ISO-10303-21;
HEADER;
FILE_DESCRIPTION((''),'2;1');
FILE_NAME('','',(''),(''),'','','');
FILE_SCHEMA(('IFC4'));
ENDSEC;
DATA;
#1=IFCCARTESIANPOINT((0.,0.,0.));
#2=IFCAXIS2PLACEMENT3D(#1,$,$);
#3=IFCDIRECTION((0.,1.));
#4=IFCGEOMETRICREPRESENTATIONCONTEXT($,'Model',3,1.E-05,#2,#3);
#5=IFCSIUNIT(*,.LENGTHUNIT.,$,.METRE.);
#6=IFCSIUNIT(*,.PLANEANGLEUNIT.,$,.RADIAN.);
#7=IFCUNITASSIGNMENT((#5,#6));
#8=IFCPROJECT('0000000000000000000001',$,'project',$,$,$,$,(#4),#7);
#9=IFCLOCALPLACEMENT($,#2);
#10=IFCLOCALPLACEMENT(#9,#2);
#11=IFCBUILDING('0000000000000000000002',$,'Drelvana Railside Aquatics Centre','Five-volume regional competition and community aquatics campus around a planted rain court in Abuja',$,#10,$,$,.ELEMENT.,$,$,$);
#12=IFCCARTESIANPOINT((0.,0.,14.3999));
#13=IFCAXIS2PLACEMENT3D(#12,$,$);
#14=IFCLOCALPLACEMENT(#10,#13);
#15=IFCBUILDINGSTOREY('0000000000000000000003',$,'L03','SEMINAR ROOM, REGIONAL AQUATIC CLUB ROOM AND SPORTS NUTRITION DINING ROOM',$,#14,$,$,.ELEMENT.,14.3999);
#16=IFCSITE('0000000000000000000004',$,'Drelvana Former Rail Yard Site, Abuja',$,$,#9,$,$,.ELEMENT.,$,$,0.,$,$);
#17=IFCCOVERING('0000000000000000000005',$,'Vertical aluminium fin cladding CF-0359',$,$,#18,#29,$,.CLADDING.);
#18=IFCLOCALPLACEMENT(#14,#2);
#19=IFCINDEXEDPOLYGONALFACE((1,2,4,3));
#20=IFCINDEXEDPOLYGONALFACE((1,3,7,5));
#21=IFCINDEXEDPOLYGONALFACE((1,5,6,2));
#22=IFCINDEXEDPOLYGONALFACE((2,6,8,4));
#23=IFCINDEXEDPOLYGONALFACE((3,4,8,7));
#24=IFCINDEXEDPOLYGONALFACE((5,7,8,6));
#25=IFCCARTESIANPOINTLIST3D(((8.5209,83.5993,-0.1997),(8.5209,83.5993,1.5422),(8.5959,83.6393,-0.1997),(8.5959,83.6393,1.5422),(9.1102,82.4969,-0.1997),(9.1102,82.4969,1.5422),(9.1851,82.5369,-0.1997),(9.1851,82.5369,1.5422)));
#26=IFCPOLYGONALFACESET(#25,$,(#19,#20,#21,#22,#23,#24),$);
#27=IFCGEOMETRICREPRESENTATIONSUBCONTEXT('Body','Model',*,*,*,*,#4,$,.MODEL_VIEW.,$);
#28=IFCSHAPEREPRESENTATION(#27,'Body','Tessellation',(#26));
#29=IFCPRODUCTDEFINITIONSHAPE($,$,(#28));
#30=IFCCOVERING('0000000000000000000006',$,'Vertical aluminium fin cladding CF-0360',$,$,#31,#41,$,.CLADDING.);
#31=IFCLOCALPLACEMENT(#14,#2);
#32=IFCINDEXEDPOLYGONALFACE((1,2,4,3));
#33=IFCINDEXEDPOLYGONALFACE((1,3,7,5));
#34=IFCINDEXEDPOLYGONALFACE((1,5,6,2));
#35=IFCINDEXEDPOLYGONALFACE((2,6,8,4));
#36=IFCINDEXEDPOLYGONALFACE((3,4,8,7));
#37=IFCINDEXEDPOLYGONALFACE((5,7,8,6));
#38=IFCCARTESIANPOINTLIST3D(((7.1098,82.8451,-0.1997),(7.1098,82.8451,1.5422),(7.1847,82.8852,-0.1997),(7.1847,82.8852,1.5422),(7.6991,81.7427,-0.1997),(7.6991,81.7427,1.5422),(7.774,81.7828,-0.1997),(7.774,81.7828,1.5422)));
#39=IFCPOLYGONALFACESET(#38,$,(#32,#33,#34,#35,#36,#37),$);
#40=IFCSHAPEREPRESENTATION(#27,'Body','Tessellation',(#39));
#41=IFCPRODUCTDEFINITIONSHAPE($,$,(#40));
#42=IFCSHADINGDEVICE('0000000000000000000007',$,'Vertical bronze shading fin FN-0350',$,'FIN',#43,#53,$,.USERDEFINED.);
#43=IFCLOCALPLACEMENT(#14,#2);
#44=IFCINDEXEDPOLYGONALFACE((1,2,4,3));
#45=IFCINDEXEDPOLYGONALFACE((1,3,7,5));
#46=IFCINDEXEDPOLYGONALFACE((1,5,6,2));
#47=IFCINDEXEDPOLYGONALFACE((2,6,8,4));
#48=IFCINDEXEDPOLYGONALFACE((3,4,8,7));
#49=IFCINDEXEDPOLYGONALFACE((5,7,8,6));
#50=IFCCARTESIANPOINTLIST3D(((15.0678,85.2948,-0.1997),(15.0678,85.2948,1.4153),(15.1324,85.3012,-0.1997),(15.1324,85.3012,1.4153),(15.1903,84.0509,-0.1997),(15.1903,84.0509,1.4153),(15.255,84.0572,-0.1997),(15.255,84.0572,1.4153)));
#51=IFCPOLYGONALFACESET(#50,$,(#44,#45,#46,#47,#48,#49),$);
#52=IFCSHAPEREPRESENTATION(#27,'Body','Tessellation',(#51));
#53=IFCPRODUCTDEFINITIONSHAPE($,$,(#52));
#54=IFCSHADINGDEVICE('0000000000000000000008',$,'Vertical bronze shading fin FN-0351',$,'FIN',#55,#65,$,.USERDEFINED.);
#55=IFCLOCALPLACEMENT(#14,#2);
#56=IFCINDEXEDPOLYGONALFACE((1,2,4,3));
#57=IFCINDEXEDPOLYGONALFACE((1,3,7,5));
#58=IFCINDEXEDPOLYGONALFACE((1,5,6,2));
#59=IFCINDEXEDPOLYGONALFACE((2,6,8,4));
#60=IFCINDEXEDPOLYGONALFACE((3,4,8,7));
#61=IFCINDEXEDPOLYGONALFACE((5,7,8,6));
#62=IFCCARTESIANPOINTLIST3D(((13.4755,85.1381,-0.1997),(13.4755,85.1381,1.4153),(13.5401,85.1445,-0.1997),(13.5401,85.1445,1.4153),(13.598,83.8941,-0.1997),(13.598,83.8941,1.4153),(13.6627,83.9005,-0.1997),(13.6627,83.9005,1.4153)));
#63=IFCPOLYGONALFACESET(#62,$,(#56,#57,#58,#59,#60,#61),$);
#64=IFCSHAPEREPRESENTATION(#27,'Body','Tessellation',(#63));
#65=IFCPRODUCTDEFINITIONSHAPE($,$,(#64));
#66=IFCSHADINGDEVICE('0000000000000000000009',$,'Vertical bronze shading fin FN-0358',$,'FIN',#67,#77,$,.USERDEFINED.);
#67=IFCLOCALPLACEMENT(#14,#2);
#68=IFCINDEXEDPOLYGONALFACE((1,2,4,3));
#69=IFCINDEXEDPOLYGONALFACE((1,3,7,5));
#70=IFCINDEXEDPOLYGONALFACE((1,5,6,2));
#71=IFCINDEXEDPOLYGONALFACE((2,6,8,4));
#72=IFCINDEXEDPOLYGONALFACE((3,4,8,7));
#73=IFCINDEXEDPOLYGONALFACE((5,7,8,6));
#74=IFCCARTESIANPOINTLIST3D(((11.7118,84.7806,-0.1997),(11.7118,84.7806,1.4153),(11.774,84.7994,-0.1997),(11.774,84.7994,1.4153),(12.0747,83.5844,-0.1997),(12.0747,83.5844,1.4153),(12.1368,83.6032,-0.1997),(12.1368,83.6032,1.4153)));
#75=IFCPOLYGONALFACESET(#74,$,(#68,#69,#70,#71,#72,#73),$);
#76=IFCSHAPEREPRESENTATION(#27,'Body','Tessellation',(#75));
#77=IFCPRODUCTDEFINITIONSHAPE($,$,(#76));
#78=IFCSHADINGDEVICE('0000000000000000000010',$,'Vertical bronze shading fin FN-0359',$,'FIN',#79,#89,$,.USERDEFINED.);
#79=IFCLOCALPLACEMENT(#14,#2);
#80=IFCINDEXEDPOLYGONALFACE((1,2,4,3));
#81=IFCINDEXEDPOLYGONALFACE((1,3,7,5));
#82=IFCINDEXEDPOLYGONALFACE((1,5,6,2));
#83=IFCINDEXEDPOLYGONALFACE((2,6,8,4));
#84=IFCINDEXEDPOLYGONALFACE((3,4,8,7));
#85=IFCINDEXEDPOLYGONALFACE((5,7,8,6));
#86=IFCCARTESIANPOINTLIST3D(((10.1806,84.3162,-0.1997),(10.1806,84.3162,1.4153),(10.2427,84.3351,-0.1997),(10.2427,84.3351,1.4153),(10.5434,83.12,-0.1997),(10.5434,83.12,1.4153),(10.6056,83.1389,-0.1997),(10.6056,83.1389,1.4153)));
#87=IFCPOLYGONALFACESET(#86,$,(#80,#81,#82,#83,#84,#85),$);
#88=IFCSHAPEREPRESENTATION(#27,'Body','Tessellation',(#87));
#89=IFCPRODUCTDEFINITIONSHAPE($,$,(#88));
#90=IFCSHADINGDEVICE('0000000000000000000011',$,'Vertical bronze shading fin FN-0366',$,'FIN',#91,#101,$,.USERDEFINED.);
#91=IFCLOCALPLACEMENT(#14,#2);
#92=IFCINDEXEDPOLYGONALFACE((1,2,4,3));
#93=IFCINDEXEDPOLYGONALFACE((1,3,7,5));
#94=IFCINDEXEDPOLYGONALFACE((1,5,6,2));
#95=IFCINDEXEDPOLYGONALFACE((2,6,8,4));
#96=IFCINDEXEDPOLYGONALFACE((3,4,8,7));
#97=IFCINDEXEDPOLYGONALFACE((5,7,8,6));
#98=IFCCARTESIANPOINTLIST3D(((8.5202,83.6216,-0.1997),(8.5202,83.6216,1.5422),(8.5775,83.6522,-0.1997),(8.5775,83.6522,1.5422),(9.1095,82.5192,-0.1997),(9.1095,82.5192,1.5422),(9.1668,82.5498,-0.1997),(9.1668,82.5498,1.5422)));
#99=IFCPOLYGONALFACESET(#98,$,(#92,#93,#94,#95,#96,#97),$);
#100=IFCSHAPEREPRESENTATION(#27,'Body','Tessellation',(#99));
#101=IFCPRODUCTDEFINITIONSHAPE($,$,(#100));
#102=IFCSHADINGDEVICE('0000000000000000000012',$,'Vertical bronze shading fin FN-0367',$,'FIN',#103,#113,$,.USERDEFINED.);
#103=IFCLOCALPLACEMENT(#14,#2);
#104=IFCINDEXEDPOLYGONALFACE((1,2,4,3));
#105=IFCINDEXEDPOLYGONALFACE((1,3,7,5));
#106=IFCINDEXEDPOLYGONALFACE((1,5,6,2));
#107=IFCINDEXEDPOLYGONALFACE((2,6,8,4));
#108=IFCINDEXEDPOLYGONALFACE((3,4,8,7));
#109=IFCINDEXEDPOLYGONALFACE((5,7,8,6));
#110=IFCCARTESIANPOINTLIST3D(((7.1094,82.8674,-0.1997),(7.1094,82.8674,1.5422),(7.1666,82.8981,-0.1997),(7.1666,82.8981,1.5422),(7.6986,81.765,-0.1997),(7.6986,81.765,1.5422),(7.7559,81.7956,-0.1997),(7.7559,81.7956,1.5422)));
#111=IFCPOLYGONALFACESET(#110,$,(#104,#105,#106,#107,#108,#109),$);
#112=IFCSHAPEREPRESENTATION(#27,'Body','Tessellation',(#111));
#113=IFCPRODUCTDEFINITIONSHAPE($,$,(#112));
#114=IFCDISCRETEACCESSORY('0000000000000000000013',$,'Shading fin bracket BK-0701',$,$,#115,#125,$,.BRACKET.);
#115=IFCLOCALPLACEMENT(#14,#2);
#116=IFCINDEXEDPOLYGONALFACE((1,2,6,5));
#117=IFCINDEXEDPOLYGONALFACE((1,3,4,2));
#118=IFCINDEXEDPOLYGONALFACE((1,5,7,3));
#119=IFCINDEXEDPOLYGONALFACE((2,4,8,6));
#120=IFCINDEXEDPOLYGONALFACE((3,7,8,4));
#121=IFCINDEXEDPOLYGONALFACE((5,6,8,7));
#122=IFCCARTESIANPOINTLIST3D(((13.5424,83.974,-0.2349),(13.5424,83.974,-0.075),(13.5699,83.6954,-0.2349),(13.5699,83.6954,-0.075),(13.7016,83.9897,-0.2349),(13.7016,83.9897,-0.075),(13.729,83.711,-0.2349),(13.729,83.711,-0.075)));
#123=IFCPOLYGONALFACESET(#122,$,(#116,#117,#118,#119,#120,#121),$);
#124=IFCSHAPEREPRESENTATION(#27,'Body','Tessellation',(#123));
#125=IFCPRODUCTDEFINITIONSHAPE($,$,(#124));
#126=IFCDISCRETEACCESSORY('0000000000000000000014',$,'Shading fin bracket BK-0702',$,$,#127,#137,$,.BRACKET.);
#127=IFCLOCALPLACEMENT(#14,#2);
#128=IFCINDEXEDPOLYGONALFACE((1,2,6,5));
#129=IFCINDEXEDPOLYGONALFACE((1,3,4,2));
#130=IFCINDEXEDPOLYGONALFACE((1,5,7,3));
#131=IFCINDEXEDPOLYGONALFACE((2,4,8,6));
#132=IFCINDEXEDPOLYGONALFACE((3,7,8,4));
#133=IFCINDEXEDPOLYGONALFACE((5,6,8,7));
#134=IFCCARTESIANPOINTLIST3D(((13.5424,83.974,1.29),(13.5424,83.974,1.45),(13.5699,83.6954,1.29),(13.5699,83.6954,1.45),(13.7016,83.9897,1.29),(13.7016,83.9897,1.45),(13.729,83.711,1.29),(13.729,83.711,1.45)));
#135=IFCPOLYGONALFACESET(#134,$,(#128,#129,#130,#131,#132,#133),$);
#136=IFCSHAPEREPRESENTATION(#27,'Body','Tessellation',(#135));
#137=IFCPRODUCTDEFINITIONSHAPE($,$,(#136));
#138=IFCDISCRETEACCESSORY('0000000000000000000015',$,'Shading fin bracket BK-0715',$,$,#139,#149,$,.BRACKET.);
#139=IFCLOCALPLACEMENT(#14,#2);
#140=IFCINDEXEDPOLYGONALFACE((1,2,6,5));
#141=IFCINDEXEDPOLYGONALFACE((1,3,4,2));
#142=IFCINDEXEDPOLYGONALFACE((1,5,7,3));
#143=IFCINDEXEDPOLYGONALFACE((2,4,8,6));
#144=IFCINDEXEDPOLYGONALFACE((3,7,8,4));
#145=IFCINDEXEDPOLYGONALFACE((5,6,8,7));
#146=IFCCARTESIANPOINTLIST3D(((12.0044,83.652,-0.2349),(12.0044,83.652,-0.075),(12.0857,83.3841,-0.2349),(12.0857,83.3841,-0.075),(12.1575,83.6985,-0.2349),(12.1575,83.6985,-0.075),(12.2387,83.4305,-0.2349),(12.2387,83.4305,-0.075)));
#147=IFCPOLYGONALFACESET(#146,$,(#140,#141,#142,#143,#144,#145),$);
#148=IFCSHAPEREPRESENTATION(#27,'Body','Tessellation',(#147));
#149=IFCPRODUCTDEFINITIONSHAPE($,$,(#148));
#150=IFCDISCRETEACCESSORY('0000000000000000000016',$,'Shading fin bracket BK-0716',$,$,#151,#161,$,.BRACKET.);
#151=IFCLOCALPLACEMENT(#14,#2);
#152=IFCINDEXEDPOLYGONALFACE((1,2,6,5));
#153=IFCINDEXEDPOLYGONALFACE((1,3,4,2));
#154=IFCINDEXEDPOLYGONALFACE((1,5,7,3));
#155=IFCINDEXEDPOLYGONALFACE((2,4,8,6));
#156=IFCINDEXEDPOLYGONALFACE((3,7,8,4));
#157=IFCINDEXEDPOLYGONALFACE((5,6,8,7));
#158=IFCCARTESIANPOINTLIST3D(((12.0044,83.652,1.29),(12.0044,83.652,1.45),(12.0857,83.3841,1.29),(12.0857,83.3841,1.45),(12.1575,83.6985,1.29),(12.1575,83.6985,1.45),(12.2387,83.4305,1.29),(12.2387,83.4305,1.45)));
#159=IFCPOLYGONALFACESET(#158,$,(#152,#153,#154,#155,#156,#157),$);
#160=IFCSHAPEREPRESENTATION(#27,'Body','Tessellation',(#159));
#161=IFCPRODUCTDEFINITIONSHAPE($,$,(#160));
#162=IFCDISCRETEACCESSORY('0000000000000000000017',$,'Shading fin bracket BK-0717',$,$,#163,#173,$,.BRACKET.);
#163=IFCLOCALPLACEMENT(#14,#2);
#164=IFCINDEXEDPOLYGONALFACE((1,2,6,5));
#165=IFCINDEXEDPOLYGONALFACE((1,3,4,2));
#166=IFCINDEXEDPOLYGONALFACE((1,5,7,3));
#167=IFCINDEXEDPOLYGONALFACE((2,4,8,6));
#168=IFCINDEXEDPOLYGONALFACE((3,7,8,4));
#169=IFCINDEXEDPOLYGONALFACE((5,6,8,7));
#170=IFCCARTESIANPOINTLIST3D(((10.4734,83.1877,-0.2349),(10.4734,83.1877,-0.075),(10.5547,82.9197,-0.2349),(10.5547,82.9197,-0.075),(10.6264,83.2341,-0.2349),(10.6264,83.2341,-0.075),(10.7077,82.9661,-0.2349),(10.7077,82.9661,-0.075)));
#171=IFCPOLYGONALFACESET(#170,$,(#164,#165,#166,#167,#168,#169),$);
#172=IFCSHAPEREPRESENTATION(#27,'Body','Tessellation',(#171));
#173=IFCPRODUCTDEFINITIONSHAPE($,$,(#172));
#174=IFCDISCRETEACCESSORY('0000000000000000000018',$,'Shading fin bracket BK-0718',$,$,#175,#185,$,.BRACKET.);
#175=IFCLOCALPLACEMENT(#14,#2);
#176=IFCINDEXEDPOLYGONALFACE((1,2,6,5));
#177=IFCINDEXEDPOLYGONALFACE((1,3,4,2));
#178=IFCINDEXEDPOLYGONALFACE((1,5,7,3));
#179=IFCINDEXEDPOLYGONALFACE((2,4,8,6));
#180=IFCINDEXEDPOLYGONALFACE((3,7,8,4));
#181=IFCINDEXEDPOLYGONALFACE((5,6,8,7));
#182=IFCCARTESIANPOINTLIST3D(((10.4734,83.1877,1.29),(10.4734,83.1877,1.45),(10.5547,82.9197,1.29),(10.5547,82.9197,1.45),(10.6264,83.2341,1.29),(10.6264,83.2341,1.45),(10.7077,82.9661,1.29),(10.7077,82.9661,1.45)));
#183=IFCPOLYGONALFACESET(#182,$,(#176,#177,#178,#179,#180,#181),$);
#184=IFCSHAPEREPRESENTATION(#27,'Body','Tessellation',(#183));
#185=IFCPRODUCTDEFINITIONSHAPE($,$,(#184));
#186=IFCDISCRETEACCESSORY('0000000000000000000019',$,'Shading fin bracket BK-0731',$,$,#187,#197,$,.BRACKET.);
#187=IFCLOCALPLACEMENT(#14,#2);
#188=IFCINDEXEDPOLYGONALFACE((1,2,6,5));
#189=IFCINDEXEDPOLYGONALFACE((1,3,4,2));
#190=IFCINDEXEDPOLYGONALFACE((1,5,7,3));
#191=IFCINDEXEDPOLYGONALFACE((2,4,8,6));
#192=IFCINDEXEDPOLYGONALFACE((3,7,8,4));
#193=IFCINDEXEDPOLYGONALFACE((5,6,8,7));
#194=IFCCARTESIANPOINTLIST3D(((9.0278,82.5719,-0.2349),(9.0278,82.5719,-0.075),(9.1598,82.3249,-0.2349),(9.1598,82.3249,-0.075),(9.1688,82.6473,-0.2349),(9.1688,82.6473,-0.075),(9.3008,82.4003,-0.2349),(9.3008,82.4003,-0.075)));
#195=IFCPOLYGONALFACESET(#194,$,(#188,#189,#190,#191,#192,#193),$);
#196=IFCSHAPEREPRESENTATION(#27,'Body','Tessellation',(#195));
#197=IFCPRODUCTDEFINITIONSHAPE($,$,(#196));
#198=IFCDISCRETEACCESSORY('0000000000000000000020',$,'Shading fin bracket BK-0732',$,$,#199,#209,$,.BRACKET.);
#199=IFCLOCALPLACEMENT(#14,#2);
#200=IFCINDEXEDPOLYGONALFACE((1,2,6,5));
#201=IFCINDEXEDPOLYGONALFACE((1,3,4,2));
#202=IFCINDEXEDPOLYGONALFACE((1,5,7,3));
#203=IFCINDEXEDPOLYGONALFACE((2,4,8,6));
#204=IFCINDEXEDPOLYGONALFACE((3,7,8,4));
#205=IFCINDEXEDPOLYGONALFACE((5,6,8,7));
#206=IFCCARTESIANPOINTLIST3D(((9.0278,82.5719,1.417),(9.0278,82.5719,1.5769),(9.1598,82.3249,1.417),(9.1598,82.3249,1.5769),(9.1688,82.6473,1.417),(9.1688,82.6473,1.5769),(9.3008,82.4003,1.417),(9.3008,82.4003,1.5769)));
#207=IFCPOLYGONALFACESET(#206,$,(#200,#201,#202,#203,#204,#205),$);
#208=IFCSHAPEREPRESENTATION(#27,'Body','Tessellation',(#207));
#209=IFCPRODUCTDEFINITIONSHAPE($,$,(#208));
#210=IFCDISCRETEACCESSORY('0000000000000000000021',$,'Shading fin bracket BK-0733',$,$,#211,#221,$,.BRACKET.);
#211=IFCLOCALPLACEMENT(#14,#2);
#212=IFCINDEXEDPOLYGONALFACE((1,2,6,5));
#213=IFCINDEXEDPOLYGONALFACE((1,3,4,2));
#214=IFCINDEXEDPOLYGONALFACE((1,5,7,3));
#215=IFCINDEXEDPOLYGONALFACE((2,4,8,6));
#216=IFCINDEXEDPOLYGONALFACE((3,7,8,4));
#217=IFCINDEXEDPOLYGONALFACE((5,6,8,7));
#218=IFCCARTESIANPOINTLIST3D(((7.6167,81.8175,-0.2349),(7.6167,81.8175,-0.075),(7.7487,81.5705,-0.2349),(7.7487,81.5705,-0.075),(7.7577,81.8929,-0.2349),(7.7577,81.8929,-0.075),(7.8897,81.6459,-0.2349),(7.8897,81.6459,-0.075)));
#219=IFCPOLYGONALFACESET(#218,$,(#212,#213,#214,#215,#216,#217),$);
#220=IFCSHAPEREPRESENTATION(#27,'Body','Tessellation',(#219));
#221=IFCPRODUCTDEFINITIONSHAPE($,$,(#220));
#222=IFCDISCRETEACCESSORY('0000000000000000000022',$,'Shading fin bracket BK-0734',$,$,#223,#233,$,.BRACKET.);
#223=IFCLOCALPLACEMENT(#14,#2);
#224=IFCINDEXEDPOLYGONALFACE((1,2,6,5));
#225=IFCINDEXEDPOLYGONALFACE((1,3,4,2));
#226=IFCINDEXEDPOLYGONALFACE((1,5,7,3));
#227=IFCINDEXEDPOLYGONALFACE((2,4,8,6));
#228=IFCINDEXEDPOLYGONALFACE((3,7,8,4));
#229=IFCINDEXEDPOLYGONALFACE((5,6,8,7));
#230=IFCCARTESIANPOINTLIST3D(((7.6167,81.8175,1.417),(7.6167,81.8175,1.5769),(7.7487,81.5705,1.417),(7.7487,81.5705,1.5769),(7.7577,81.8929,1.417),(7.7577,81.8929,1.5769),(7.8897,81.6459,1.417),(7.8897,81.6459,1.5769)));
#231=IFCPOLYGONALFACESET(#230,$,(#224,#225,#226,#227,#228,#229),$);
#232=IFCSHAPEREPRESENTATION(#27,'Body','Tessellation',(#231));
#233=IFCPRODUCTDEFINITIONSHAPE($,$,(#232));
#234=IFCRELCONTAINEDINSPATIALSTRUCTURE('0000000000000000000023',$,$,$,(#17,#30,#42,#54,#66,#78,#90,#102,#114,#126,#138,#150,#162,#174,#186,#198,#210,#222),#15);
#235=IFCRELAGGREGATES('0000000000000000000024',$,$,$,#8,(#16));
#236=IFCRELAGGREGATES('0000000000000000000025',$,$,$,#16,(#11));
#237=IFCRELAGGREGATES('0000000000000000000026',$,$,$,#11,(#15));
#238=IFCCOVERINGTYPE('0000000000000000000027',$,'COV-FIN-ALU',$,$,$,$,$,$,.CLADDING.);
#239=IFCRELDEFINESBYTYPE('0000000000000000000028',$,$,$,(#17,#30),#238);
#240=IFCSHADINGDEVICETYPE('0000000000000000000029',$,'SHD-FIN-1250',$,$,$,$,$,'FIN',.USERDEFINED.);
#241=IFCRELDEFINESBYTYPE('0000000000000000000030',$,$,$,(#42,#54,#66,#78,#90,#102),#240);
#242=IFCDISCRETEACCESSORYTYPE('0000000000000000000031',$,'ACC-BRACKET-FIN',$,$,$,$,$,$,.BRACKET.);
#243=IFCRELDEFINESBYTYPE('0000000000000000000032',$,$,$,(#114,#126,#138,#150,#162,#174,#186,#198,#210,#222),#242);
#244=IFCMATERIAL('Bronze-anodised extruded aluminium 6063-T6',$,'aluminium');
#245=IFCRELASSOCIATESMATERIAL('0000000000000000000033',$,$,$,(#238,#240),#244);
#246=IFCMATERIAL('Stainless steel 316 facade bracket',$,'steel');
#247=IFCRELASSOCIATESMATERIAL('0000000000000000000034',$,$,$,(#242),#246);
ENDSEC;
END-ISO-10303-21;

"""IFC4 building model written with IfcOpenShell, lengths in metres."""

from ifc_helpers import new_model, si_unit, direction, frame, origin, origin_2d, place, context, subcontext, project, spatial, rectangle, extrude, material, type_object, element, save


model = new_model("IFC4")

# Units and contexts
model_context = context("Model", 3, precision=1e-05, world=origin(), true_north=direction((0.0, 1.0)))
body_context = subcontext(model_context, "Body", "Model", "MODEL_VIEW")
ifc_project = project(units=[si_unit("LENGTHUNIT", "METRE"), si_unit("PLANEANGLEUNIT", "RADIAN")], contexts=[model_context])

# Site, building, storey
site_placement = place(None, origin())
site = spatial("IfcSite", under=ifc_project, at=site_placement, Name="Drelvana Former Rail Yard Site, Abuja", CompositionType="ELEMENT", RefElevation=0.0)
building_placement = place(site_placement, origin())
building = spatial("IfcBuilding", under=site, at=building_placement, Name="Drelvana Railside Aquatics Centre", Description="Five-volume regional competition and community aquatics campus around a planted rain court in Abuja", CompositionType="ELEMENT")
storey_placement = place(building_placement, frame((0.0, 0.0, 14.3999)))
storey = spatial("IfcBuildingStorey", under=building, at=storey_placement, Name="L03", Description="SEMINAR ROOM, REGIONAL AQUATIC CLUB ROOM AND SPORTS NUTRITION DINING ROOM", CompositionType="ELEMENT", Elevation=14.3999)

# Coverings
ifc_material_1 = material(Name="Bronze-anodised extruded aluminium 6063-T6", Category="aluminium")
covering_type = type_object("IfcCoveringType", Name="COV-FIN-ALU", PredefinedType="CLADDING", material=ifc_material_1)
for number, where, z_axis, x_axis, name in (
    (1, (8.853, 83.0681, -0.1997), (0.0, 0.0, 1.0), (0.881921, 0.471397, 0.0), "Vertical aluminium fin cladding CF-0359"),
    (2, (7.4419, 82.314, -0.1997), (0.0, 0.0, 1.0), (0.881921, 0.471397, 0.0), "Vertical aluminium fin cladding CF-0360"),
):
    element("IfcCovering", number, at=place(storey_placement, frame(where, z_axis=z_axis, x_axis=x_axis)), inside=storey, type_object=covering_type, Name=name, PredefinedType="CLADDING", context=body_context, shape_type="SweptSolid", body=[
        extrude(rectangle(XDim=0.085, YDim=1.25, at=origin_2d()), origin(), (0.0, 0.0, 1.0), 1.7419),
    ])

# Shading devices
shading_device_type = type_object("IfcShadingDeviceType", Name="SHD-FIN-1250", ElementType="FIN", PredefinedType="USERDEFINED", material=ifc_material_1)
for number, where, z_axis, x_axis, name in (
    (3, (15.1614, 84.676, -0.1997), (0.0, 0.0, 1.0), (-0.098017, 0.995185, 0.0), "Vertical bronze shading fin FN-0350"),
    (4, (13.5691, 84.5193, -0.1997), (0.0, 0.0, 1.0), (-0.098017, 0.995185, 0.0), "Vertical bronze shading fin FN-0351"),
    (5, (11.9243, 84.1919, -0.1997), (0.0, 0.0, 1.0), (-0.290285, 0.95694, 0.0), "Vertical bronze shading fin FN-0358"),
    (6, (10.3931, 83.7275, -0.1997), (0.0, 0.0, 1.0), (-0.290285, 0.95694, 0.0), "Vertical bronze shading fin FN-0359"),
):
    element("IfcShadingDevice", number, at=place(storey_placement, frame(where, z_axis=z_axis, x_axis=x_axis)), inside=storey, type_object=shading_device_type, Name=name, ObjectType="FIN", PredefinedType="USERDEFINED", context=body_context, shape_type="SweptSolid", body=[
        extrude(rectangle(XDim=1.25, YDim=0.0649, at=origin_2d()), origin(), (0.0, 0.0, 1.0), 1.615),
    ])
for number, where, z_axis, x_axis, name in (
    (7, (8.8435, 83.0857, -0.1997), (0.0, 0.0, 1.0), (-0.471397, 0.881921, 0.0), "Vertical bronze shading fin FN-0366"),
    (8, (7.4326, 82.3315, -0.1997), (0.0, 0.0, 1.0), (-0.471397, 0.881921, 0.0), "Vertical bronze shading fin FN-0367"),
):
    element("IfcShadingDevice", number, at=place(storey_placement, frame(where, z_axis=z_axis, x_axis=x_axis)), inside=storey, type_object=shading_device_type, Name=name, ObjectType="FIN", PredefinedType="USERDEFINED", context=body_context, shape_type="SweptSolid", body=[
        extrude(rectangle(XDim=1.25, YDim=0.0649, at=origin_2d()), origin(), (0.0, 0.0, 1.0), 1.7419),
    ])

# Discrete accessories
ifc_material_2 = material(Name="Stainless steel 316 facade bracket", Category="steel")
discrete_accessory_type = type_object("IfcDiscreteAccessoryType", Name="ACC-BRACKET-FIN", PredefinedType="BRACKET", material=ifc_material_2)
for number, where, z_axis, x_axis, name in (
    (9, (13.6357, 83.8425, -0.2349), (0.0, 0.0, 1.0), (-0.098017, 0.995185, 0.0), "Shading fin bracket BK-0701"),
    (10, (13.6357, 83.8425, 1.29), (0.0, 0.0, 1.0), (-0.098017, 0.995185, 0.0), "Shading fin bracket BK-0702"),
    (11, (12.1216, 83.5413, -0.2349), (0.0, 0.0, 1.0), (-0.290285, 0.95694, 0.0), "Shading fin bracket BK-0715"),
    (12, (12.1216, 83.5413, 1.29), (0.0, 0.0, 1.0), (-0.290285, 0.95694, 0.0), "Shading fin bracket BK-0716"),
    (13, (10.5906, 83.0769, -0.2349), (0.0, 0.0, 1.0), (-0.290285, 0.95694, 0.0), "Shading fin bracket BK-0717"),
    (14, (10.5906, 83.0769, 1.29), (0.0, 0.0, 1.0), (-0.290285, 0.95694, 0.0), "Shading fin bracket BK-0718"),
    (15, (9.1643, 82.4861, -0.2349), (0.0, 0.0, 1.0), (-0.471397, 0.881921, 0.0), "Shading fin bracket BK-0731"),
    (16, (9.1643, 82.4861, 1.417), (0.0, 0.0, 1.0), (-0.471397, 0.881921, 0.0), "Shading fin bracket BK-0732"),
    (17, (7.7532, 81.7317, -0.2349), (0.0, 0.0, 1.0), (-0.471397, 0.881921, 0.0), "Shading fin bracket BK-0733"),
    (18, (7.7532, 81.7317, 1.417), (0.0, 0.0, 1.0), (-0.471397, 0.881921, 0.0), "Shading fin bracket BK-0734"),
):
    element("IfcDiscreteAccessory", number, at=place(storey_placement, frame(where, z_axis=z_axis, x_axis=x_axis)), inside=storey, type_object=discrete_accessory_type, Name=name, PredefinedType="BRACKET", context=body_context, shape_type="SweptSolid", body=[
        extrude(rectangle(XDim=0.28, YDim=0.1599, at=origin_2d()), origin(), (0.0, 0.0, 1.0), 0.1599),
    ])

save(model, "model.ifc")
